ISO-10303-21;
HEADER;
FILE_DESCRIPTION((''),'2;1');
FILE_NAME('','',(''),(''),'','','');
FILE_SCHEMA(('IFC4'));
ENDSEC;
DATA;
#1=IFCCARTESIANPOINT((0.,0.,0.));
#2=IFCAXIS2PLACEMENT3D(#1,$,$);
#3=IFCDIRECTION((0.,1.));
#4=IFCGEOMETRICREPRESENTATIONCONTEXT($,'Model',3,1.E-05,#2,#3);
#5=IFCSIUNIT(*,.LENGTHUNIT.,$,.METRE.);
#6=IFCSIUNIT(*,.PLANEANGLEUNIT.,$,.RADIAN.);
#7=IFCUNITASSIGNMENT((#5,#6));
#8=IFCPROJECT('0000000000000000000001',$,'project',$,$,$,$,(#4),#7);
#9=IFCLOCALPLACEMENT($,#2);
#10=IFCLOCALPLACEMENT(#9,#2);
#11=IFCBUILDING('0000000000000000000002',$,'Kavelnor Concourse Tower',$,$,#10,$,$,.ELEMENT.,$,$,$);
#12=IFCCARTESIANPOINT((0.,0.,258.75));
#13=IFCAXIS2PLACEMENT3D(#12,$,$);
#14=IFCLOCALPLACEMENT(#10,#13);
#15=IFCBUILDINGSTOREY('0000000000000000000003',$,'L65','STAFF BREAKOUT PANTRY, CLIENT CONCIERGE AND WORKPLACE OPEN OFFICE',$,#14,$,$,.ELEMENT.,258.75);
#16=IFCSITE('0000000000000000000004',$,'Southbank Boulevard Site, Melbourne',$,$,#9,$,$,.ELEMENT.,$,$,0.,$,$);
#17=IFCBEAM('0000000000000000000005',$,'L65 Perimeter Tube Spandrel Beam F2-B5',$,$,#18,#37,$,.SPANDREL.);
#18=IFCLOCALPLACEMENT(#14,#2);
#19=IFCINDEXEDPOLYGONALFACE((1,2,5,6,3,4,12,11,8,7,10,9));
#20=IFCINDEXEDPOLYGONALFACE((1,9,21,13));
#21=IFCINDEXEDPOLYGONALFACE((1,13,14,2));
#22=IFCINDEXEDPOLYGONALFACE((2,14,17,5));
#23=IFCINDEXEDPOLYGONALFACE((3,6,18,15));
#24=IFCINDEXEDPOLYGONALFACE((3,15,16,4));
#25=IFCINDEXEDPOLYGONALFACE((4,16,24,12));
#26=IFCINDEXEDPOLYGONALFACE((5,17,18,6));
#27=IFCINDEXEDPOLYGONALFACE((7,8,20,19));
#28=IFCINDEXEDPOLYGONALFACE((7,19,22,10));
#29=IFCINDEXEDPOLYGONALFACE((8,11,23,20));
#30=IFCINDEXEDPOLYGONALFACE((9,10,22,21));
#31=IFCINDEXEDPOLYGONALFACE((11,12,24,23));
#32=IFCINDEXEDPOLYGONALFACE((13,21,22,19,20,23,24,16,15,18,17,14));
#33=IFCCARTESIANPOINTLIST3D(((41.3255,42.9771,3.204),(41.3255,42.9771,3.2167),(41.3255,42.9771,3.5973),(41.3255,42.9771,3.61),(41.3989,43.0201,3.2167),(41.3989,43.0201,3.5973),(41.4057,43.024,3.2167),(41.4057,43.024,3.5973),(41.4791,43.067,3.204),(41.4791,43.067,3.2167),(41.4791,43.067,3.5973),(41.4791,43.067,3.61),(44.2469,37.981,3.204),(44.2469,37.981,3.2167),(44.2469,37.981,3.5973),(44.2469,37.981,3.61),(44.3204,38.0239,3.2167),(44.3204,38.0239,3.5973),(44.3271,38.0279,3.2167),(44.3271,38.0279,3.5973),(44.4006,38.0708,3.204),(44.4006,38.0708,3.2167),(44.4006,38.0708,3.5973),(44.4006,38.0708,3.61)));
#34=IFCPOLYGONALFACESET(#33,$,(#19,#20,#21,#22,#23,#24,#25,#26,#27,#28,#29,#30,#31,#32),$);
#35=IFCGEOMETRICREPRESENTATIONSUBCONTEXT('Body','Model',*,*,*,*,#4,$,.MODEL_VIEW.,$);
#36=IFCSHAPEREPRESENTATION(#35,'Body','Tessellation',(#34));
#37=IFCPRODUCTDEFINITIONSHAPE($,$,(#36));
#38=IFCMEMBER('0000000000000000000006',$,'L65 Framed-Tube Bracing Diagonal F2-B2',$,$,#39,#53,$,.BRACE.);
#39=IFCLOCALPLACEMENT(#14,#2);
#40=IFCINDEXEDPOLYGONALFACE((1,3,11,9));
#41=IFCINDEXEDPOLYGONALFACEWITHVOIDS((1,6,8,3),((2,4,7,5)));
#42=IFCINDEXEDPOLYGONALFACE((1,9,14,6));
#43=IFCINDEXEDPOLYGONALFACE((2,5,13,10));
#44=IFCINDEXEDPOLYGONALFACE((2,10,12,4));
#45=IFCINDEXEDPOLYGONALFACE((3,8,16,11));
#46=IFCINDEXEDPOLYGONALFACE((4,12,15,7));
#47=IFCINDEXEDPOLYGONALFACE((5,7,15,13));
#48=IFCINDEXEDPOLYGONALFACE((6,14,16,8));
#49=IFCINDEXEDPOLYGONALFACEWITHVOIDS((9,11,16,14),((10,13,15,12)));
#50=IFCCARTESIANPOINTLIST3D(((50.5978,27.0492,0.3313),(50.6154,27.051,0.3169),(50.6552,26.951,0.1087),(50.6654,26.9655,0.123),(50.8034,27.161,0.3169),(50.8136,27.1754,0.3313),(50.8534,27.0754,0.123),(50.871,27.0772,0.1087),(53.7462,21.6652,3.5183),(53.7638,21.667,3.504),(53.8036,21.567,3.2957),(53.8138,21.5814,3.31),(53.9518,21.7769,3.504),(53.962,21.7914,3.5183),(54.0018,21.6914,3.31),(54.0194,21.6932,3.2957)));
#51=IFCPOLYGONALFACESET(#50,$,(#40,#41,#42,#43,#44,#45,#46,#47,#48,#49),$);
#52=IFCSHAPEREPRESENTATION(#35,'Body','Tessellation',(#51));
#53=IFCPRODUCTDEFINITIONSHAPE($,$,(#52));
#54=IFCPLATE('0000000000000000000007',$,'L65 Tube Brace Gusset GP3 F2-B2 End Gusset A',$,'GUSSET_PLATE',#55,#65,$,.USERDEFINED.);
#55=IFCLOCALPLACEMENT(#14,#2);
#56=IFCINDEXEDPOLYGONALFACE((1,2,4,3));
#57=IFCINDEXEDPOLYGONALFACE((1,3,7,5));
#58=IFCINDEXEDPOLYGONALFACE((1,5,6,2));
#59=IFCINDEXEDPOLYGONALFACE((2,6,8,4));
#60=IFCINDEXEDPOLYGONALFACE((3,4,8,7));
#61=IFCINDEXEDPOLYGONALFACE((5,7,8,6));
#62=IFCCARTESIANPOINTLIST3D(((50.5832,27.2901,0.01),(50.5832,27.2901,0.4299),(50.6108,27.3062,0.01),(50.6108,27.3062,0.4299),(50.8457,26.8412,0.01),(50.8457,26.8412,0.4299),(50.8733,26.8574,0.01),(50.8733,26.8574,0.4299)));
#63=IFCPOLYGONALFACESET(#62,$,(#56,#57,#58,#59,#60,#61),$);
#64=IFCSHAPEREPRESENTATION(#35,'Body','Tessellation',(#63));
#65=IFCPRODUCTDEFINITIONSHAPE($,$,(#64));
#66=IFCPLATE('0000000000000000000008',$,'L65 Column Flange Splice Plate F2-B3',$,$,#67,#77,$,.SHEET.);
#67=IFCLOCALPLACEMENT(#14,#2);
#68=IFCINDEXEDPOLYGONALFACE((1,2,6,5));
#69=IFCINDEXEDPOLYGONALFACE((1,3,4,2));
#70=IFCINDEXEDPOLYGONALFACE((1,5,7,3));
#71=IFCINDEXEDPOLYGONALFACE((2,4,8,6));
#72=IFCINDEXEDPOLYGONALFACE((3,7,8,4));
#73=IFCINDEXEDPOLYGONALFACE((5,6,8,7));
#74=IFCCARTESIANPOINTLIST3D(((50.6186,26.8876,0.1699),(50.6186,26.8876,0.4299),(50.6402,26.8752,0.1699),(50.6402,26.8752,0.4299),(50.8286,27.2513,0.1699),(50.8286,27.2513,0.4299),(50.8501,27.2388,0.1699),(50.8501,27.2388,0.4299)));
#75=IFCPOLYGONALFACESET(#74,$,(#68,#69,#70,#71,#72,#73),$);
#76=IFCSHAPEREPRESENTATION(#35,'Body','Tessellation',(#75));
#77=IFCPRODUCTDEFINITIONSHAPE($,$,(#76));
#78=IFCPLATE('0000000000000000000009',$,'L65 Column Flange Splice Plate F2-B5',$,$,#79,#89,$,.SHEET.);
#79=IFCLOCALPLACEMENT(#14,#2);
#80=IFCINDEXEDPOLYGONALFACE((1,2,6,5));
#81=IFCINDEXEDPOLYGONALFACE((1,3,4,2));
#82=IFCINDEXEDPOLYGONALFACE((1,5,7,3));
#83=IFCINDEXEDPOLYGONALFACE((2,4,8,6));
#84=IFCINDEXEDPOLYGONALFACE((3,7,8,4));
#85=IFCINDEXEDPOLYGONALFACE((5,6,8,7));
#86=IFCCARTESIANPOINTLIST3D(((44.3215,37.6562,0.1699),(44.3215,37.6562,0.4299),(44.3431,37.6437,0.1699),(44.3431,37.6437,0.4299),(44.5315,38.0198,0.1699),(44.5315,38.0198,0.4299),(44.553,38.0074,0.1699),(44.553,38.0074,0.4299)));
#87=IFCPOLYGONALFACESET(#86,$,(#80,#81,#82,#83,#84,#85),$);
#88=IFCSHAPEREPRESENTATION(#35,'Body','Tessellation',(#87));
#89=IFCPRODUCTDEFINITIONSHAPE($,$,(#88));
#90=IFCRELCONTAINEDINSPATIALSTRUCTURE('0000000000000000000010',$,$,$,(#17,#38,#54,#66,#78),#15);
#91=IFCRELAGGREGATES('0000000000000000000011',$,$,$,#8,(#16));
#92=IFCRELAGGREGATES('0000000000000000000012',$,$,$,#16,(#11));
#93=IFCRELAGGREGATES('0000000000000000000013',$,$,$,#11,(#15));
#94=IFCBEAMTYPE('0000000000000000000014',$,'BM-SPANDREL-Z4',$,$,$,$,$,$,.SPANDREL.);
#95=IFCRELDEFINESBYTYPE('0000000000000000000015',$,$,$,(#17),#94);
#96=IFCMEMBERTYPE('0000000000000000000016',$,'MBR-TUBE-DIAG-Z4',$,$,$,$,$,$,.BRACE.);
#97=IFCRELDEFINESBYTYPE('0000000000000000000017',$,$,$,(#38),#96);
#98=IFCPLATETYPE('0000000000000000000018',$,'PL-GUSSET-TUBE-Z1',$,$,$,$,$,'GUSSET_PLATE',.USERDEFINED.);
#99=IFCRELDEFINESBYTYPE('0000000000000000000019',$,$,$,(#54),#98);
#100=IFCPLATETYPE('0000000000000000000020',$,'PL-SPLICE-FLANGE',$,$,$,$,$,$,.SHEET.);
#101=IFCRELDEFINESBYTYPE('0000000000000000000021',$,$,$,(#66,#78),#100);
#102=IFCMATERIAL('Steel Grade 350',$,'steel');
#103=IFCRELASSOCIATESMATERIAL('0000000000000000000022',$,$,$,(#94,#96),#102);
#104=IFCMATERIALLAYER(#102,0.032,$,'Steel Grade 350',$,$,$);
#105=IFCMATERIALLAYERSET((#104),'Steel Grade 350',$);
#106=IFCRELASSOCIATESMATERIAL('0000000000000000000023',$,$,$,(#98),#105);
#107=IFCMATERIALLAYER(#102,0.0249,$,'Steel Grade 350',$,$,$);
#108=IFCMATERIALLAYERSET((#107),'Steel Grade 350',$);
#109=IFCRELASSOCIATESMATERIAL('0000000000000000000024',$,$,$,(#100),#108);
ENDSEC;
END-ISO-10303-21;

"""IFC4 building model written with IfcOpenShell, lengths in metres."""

from ifc_helpers import new_model, si_unit, direction, frame, origin, origin_2d, place, context, subcontext, project, spatial, rectangle, hollow_rectangle, i_section, extrude, material, layer, layer_set, material_profile, profile_set, type_object, element, save


model = new_model("IFC4")

# Units and contexts
model_context = context("Model", 3, precision=1e-05, world=origin(), true_north=direction((0.0, 1.0)))
body_context = subcontext(model_context, "Body", "Model", "MODEL_VIEW")
ifc_project = project(units=[si_unit("LENGTHUNIT", "METRE"), si_unit("PLANEANGLEUNIT", "RADIAN")], contexts=[model_context])

# Site, building, storey
site_placement = place(None, origin())
site = spatial("IfcSite", under=ifc_project, at=site_placement, Name="Southbank Boulevard Site, Melbourne", CompositionType="ELEMENT", RefElevation=0.0)
building_placement = place(site_placement, origin())
building = spatial("IfcBuilding", under=site, at=building_placement, Name="Kavelnor Concourse Tower", CompositionType="ELEMENT")
storey_placement = place(building_placement, frame((0.0, 0.0, 258.75)))
storey = spatial("IfcBuildingStorey", under=building, at=storey_placement, Name="L65", Description="STAFF BREAKOUT PANTRY, CLIENT CONCIERGE AND WORKPLACE OPEN OFFICE", CompositionType="ELEMENT", Elevation=258.75)

# Shared definitions
ifc_material_1 = material(Name="Steel Grade 350", Category="steel")

# Beam
ifc_material_profile_1 = material_profile(ifc_material_1, i_section(OverallWidth=0.178, OverallDepth=0.406, WebThickness=0.0078, FlangeThickness=0.0127, at=origin_2d()), Name="410UB59")
ifc_profile_set_1 = profile_set([ifc_material_profile_1], Name="Steel Grade 350")
beam_type_1 = type_object("IfcBeamType", Name="BM-SPANDREL-Z4", PredefinedType="SPANDREL", material=ifc_profile_set_1)
beam_1_placement = place(storey_placement, frame((44.3237, 38.0259, 3.407), z_axis=(-0.504773, 0.863252, 0.0), x_axis=(-0.863252, -0.504773, 0.0)))
element("IfcBeam", 1, at=beam_1_placement, inside=storey, type_object=beam_type_1, Name="L65 Perimeter Tube Spandrel Beam F2-B5", PredefinedType="SPANDREL", context=body_context, shape_type="SweptSolid", body=[
    extrude(i_section(OverallWidth=0.178, OverallDepth=0.406, WebThickness=0.0078, FlangeThickness=0.0127, at=origin_2d()), origin(), (0.0, 0.0, 1.0), 5.7876),
])

# Member
ifc_material_profile_2 = material_profile(ifc_material_1, hollow_rectangle(XDim=0.25, YDim=0.25, WallThickness=0.0161, at=origin_2d()), Name="SHS 250x250x16")
ifc_profile_set_2 = profile_set([ifc_material_profile_2], Name="Steel Grade 350")
member_type = type_object("IfcMemberType", Name="MBR-TUBE-DIAG-Z4", PredefinedType="BRACE", material=ifc_profile_set_2)
member_placement = place(storey_placement, frame((50.7344, 27.0632, 0.22), z_axis=(0.449513, -0.768697, 0.45502), x_axis=(0.863237, 0.504798, 0.0)))
element("IfcMember", 2, at=member_placement, inside=storey, type_object=member_type, Name="L65 Framed-Tube Bracing Diagonal F2-B2", PredefinedType="BRACE", context=body_context, shape_type="SweptSolid", body=[
    extrude(hollow_rectangle(XDim=0.25, YDim=0.25, WallThickness=0.0161, at=origin_2d()), origin(), (0.0, 0.0, 1.0), 7.0042),
])

# Plates
ifc_layer_1 = layer(ifc_material_1, 0.032, Name="Steel Grade 350")
ifc_layer_set_1 = layer_set([ifc_layer_1], Name="Steel Grade 350")
plate_type_1 = type_object("IfcPlateType", Name="PL-GUSSET-TUBE-Z1", ElementType="GUSSET_PLATE", PredefinedType="USERDEFINED", material=ifc_layer_set_1)
plate_placement = place(storey_placement, frame((50.7283, 27.0737, 0.01), z_axis=(0.0, 0.0, 1.0), x_axis=(0.504829, -0.863219, 0.0)))
element("IfcPlate", 3, at=plate_placement, inside=storey, type_object=plate_type_1, Name="L65 Tube Brace Gusset GP3 F2-B2 End Gusset A", ObjectType="GUSSET_PLATE", PredefinedType="USERDEFINED", context=body_context, shape_type="SweptSolid", body=[
    extrude(rectangle(XDim=0.52, YDim=0.032, at=origin_2d()), origin(), (0.0, 0.0, 1.0), 0.4199),
])
ifc_layer_2 = layer(ifc_material_1, 0.0249, Name="Steel Grade 350")
ifc_layer_set_2 = layer_set([ifc_layer_2], Name="Steel Grade 350")
plate_type_2 = type_object("IfcPlateType", Name="PL-SPLICE-FLANGE", PredefinedType="SHEET", material=ifc_layer_set_2)
for number, where, z_axis, x_axis, name in (
    (4, (50.7344, 27.0632, 0.1699), (0.0, 0.0, 1.0), (-0.5, -0.866025, 0.0), "L65 Column Flange Splice Plate F2-B3"),
    (5, (44.4373, 37.8318, 0.1699), (0.0, 0.0, 1.0), (-0.5, -0.866025, 0.0), "L65 Column Flange Splice Plate F2-B5"),
):
    element("IfcPlate", number, at=place(storey_placement, frame(where, z_axis=z_axis, x_axis=x_axis)), inside=storey, type_object=plate_type_2, Name=name, PredefinedType="SHEET", context=body_context, shape_type="SweptSolid", body=[
        extrude(rectangle(XDim=0.4199, YDim=0.0249, at=origin_2d()), origin(), (0.0, 0.0, 1.0), 0.26),
    ])

save(model, "model.ifc")
